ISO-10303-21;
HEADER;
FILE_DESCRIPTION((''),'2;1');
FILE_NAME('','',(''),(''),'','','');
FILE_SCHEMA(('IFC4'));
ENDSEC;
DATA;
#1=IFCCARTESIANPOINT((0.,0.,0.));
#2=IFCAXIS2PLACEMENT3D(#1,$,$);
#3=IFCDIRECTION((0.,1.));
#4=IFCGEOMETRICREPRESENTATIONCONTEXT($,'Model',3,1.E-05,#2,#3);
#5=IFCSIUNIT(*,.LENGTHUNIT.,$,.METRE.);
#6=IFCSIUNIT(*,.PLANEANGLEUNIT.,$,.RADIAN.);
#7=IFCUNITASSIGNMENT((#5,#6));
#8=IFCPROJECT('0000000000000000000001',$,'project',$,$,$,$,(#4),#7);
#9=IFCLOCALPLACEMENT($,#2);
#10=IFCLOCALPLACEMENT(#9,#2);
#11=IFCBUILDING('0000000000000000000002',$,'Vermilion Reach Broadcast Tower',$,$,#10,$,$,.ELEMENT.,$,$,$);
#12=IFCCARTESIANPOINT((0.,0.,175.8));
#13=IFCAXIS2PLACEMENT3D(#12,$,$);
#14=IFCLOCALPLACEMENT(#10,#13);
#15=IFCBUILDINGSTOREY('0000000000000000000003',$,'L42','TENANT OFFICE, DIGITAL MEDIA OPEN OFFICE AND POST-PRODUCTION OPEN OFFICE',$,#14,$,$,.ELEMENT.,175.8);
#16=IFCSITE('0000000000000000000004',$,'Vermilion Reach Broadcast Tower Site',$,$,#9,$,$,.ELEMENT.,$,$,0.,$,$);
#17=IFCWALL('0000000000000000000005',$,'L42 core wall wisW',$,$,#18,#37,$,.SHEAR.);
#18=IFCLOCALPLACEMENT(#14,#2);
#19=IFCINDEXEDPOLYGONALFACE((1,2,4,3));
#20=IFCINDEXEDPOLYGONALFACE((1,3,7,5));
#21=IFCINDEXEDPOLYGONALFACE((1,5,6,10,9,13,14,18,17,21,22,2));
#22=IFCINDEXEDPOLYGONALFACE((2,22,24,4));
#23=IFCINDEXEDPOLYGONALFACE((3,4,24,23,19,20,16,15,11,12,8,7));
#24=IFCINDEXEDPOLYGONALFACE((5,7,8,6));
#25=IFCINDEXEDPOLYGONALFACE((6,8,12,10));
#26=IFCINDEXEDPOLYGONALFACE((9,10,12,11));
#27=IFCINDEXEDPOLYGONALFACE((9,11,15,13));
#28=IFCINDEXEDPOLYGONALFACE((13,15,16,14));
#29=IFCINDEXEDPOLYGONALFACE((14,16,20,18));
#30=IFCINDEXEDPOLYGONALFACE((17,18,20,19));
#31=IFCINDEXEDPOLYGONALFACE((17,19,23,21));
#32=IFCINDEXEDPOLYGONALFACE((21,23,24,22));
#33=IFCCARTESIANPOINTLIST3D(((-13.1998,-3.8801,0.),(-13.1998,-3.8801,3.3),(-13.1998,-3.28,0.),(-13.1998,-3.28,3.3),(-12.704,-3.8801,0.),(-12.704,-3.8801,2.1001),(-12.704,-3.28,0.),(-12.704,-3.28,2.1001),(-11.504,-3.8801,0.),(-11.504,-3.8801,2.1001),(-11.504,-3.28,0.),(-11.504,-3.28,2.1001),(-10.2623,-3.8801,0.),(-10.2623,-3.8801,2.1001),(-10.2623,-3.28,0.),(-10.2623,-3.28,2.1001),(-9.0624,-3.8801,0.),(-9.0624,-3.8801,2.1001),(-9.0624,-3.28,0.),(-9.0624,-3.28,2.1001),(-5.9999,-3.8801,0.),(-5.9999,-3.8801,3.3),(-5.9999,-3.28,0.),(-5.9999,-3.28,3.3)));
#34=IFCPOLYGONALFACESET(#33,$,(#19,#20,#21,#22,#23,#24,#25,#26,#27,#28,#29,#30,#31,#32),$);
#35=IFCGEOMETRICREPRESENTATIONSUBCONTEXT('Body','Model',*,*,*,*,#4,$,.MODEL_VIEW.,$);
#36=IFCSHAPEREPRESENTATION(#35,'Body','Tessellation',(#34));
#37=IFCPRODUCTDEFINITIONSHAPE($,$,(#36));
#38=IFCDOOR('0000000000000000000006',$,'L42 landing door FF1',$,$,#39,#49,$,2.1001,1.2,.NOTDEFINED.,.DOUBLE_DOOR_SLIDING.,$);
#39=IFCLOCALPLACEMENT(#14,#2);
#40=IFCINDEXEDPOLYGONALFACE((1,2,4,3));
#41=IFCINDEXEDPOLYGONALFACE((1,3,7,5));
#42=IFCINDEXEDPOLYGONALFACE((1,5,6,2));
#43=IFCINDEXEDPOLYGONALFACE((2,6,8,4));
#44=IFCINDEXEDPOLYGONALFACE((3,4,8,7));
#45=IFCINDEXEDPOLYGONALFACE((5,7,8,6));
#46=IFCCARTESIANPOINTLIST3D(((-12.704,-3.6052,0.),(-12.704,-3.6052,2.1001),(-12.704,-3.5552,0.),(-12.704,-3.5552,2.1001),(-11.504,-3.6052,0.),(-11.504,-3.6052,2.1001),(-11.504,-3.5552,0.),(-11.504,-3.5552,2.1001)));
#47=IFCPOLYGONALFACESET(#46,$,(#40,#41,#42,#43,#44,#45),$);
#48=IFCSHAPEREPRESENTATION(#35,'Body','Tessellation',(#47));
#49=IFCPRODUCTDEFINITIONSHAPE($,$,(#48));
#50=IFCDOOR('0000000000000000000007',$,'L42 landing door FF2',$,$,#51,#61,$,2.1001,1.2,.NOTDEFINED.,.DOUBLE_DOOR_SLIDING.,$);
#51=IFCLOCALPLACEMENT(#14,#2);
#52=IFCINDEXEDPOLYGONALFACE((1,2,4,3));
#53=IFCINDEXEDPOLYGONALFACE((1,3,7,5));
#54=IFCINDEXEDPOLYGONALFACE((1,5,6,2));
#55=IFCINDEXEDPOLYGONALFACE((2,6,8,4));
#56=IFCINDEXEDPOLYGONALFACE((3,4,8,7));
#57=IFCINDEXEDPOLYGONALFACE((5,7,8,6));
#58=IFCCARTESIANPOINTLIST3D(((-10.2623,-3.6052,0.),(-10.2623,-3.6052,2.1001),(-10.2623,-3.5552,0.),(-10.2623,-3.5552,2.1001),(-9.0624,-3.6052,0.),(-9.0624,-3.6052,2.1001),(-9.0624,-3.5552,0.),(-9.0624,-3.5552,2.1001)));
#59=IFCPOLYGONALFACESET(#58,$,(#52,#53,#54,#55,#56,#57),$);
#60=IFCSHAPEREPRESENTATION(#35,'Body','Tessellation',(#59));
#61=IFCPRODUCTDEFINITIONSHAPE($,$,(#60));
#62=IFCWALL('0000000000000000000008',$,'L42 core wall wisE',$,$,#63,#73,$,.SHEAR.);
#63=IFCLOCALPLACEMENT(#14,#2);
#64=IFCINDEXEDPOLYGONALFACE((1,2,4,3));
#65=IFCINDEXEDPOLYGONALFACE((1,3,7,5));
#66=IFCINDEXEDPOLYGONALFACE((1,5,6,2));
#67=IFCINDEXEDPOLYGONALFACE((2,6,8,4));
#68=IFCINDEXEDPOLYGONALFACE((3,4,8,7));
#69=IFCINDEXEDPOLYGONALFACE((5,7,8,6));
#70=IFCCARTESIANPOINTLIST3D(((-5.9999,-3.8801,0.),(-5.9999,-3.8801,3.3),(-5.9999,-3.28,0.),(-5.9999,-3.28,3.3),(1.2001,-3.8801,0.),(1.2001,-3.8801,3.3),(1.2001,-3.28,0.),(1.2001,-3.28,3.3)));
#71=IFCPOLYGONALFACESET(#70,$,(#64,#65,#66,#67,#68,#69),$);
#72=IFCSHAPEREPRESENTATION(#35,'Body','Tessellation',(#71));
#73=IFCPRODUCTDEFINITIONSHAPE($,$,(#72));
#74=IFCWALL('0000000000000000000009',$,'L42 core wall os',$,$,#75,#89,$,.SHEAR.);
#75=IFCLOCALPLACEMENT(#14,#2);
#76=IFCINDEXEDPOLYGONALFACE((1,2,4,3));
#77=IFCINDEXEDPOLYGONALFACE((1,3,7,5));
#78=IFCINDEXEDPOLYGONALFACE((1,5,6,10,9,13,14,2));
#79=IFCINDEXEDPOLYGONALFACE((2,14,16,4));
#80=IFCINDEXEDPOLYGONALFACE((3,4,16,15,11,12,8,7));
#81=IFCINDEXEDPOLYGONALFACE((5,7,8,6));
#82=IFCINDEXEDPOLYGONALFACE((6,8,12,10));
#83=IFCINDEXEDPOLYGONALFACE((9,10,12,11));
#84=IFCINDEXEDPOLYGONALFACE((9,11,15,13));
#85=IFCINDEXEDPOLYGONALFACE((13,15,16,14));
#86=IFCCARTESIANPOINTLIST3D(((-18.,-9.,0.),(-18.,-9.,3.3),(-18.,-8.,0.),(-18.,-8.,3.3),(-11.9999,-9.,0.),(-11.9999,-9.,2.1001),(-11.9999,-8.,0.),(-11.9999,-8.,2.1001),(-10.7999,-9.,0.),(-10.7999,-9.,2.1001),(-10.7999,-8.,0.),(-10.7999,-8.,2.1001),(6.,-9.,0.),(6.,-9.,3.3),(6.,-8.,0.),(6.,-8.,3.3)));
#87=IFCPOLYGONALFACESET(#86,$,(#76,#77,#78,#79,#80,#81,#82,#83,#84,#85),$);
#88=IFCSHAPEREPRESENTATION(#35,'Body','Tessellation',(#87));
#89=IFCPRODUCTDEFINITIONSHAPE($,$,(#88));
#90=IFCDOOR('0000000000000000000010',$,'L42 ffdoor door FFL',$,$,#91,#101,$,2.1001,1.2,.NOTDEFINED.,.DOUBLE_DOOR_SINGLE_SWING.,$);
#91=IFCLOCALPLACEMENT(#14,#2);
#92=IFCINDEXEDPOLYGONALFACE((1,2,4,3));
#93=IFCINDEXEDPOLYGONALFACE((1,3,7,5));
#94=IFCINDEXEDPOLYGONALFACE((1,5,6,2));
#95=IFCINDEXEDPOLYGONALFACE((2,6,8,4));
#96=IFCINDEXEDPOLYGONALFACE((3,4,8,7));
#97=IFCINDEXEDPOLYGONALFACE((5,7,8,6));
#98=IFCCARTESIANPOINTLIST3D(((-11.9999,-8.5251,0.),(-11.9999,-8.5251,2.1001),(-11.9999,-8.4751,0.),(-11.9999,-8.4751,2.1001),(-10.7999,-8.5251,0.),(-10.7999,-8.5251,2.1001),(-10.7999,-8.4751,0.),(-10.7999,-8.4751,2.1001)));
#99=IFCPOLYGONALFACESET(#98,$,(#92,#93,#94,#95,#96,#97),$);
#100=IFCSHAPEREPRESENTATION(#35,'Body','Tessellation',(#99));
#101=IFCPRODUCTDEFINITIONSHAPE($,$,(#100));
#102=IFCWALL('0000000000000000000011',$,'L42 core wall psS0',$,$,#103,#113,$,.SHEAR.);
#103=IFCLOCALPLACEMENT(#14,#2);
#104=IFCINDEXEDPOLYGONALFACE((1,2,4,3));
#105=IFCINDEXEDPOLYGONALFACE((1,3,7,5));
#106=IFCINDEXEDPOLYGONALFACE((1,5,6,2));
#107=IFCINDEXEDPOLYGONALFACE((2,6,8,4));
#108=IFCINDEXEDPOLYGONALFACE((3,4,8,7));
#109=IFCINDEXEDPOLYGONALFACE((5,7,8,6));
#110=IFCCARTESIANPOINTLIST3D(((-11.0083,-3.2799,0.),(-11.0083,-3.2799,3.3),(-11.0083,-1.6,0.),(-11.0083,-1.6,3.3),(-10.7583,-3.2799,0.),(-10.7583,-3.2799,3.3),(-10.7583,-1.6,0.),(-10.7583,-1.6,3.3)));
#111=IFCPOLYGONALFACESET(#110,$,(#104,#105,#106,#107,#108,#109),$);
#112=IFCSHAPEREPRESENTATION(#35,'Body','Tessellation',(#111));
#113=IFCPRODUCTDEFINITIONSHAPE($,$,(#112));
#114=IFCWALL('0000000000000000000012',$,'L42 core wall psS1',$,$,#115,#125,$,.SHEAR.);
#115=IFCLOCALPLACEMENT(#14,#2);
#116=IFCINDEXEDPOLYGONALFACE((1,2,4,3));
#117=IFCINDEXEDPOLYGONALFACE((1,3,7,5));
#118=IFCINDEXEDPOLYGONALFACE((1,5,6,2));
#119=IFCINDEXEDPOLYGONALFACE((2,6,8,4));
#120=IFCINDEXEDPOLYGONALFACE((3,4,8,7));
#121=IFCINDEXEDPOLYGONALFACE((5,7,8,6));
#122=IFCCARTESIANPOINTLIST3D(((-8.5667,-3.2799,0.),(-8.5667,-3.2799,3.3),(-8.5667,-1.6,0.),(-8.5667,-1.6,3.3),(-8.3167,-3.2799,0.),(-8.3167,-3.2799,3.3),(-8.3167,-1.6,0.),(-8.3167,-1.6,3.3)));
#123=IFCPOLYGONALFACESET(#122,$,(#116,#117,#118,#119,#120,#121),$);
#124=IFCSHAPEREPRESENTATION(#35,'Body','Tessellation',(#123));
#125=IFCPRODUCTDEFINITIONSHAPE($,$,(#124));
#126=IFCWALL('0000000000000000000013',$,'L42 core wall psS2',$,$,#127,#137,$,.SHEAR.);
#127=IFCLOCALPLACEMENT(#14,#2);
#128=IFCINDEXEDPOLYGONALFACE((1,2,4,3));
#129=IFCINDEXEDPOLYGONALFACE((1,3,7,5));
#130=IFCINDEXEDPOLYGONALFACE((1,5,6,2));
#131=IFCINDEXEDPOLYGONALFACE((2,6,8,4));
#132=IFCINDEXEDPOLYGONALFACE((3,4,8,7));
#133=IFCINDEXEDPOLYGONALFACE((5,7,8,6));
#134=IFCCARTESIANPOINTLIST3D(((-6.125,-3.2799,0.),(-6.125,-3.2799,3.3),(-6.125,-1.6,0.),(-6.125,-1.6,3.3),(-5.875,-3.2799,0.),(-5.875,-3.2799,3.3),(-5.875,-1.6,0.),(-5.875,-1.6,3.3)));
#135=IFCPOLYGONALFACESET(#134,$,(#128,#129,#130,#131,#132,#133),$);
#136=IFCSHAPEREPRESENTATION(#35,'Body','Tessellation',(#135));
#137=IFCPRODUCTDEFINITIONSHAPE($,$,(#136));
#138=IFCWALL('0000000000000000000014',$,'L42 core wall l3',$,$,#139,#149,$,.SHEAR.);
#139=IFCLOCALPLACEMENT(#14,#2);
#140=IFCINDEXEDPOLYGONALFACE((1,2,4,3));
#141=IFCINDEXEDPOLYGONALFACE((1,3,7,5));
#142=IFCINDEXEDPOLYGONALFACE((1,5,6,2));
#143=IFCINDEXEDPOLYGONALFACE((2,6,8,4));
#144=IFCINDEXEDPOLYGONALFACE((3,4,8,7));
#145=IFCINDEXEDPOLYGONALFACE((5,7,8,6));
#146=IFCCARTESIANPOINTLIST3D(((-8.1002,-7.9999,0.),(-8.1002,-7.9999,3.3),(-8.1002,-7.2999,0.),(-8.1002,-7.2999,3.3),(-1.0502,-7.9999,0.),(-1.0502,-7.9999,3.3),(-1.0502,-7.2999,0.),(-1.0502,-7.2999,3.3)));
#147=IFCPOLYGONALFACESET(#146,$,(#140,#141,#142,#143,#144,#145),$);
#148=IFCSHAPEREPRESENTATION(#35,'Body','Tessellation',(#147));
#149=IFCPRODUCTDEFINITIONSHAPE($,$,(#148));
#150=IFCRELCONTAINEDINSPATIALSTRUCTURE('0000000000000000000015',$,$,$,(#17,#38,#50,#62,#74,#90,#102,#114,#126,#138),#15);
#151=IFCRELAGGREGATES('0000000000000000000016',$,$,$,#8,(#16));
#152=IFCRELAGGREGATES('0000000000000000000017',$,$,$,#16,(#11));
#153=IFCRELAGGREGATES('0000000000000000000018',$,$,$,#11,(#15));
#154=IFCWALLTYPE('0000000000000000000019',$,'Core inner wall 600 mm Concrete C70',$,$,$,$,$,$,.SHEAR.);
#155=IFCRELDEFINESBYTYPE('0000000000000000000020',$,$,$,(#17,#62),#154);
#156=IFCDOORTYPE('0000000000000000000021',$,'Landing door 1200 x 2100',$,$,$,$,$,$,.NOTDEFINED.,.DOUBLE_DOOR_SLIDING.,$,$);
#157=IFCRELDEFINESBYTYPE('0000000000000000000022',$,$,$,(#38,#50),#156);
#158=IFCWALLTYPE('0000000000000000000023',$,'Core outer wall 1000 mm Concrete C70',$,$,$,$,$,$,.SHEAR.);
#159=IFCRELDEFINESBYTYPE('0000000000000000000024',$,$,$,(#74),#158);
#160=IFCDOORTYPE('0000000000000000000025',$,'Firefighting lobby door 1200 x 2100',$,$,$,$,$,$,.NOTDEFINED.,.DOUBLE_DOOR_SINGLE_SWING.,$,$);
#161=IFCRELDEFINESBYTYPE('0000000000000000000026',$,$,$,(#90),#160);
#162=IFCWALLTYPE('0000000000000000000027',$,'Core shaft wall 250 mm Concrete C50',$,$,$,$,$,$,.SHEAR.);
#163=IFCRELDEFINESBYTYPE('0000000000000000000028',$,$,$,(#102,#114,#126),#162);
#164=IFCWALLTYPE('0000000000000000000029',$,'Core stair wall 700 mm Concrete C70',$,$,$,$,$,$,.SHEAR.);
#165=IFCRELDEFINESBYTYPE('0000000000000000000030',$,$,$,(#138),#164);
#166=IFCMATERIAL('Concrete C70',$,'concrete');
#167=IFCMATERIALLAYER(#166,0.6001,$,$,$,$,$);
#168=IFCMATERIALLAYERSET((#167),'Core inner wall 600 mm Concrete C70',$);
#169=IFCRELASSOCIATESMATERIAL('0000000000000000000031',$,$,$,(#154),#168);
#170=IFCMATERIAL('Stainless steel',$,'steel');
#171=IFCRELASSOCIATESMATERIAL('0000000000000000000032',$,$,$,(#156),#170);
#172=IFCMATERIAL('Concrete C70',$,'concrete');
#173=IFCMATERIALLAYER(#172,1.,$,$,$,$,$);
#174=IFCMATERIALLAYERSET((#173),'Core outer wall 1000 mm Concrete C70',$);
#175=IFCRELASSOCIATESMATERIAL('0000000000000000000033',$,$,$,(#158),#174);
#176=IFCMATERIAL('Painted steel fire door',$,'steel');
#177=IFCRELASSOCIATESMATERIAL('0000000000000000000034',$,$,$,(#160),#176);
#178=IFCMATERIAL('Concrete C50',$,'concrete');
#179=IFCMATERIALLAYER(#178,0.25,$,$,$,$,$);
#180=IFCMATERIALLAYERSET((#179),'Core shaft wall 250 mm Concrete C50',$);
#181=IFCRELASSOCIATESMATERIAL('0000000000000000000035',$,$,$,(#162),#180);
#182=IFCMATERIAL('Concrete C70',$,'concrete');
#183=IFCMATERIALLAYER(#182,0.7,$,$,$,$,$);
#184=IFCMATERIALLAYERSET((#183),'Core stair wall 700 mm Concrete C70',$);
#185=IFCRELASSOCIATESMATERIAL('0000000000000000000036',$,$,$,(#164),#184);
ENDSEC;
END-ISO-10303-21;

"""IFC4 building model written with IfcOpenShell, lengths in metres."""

from ifc_helpers import new_model, si_unit, direction, frame, frame_2d, origin, place, context, subcontext, project, spatial, rectangle, extrude, material, layer, layer_set, type_object, element, fill, save


model = new_model("IFC4")

# Units and contexts
model_context = context("Model", 3, precision=1e-05, world=origin(), true_north=direction((0.0, 1.0)))
body_context = subcontext(model_context, "Body", "Model", "MODEL_VIEW")
ifc_project = project(units=[si_unit("LENGTHUNIT", "METRE"), si_unit("PLANEANGLEUNIT", "RADIAN")], contexts=[model_context])

# Site, building, storey
site_placement = place(None, origin())
site = spatial("IfcSite", under=ifc_project, at=site_placement, Name="Vermilion Reach Broadcast Tower Site", CompositionType="ELEMENT", RefElevation=0.0)
building_placement = place(site_placement, origin())
building = spatial("IfcBuilding", under=site, at=building_placement, Name="Vermilion Reach Broadcast Tower", CompositionType="ELEMENT")
storey_placement = place(building_placement, frame((0.0, 0.0, 175.8)))
storey = spatial("IfcBuildingStorey", under=building, at=storey_placement, Name="L42", Description="TENANT OFFICE, DIGITAL MEDIA OPEN OFFICE AND POST-PRODUCTION OPEN OFFICE", CompositionType="ELEMENT", Elevation=175.8)

# Wall, openings, doors
ifc_material_1 = material(Name="Concrete C70", Category="concrete")
ifc_layer_1 = layer(ifc_material_1, 0.6001)
ifc_layer_set_1 = layer_set([ifc_layer_1], Name="Core inner wall 600 mm Concrete C70")
wall_type_1 = type_object("IfcWallType", Name="Core inner wall 600 mm Concrete C70", PredefinedType="SHEAR", material=ifc_layer_set_1)
wall_1_placement = place(storey_placement, frame((-13.2, -3.5801, 0.0), z_axis=(0.0, 0.0, 1.0), x_axis=(1.0, 0.0, 0.0)))
wall_1 = element("IfcWall", 1, at=wall_1_placement, inside=storey, type_object=wall_type_1, Name="L42 core wall wisW", PredefinedType="SHEAR", context=body_context, shape_type="SweptSolid", body=[
    extrude(rectangle(XDim=7.2, YDim=0.6001, at=frame_2d((3.6001, 0.0))), origin(), (0.0, 0.0, 1.0), 3.3),
])
opening_1_placement = place(wall_1_placement, frame((0.4958, 0.0, 0.0)))
opening_1 = element("IfcOpeningElement", 2, at=opening_1_placement, cuts=wall_1, PredefinedType="OPENING", context=body_context, shape_type="SweptSolid", body=[
    extrude(rectangle(XDim=1.2, YDim=2.1001, at=frame_2d((0.6001, 1.05))), frame((0.0, 0.3101, 0.0), z_axis=(0.0, -1.0, 0.0), x_axis=(1.0, 0.0, 0.0)), (0.0, 0.0, 1.0), 0.6201),
])
opening_2_placement = place(wall_1_placement, frame((2.9375, 0.0, 0.0)))
opening_2 = element("IfcOpeningElement", 3, at=opening_2_placement, cuts=wall_1, PredefinedType="OPENING", context=body_context, shape_type="SweptSolid", body=[
    extrude(rectangle(XDim=1.2, YDim=2.1001, at=frame_2d((0.6001, 1.05))), frame((0.0, 0.3101, 0.0), z_axis=(0.0, -1.0, 0.0), x_axis=(1.0, 0.0, 0.0)), (0.0, 0.0, 1.0), 0.6201),
])
ifc_material_2 = material(Name="Stainless steel", Category="steel")
door_type_1 = type_object("IfcDoorType", Name="Landing door 1200 x 2100", OperationType="DOUBLE_DOOR_SLIDING", PredefinedType="NOTDEFINED", material=ifc_material_2)
door_1_placement = place(opening_1_placement, origin())
door_1 = element("IfcDoor", 4, at=door_1_placement, inside=storey, type_object=door_type_1, Name="L42 landing door FF1", OperationType="DOUBLE_DOOR_SLIDING", OverallHeight=2.1001, OverallWidth=1.2, PredefinedType="NOTDEFINED", context=body_context, shape_type="SweptSolid", body=[
    extrude(rectangle(XDim=1.2, YDim=2.1001, at=frame_2d((0.6001, 1.05))), frame((0.0, 0.0249, 0.0), z_axis=(0.0, -1.0, 0.0), x_axis=(1.0, 0.0, 0.0)), (0.0, 0.0, 1.0), 0.05),
])
fill(opening_1, door_1)
door_2_placement = place(opening_2_placement, origin())
door_2 = element("IfcDoor", 5, at=door_2_placement, inside=storey, type_object=door_type_1, Name="L42 landing door FF2", OperationType="DOUBLE_DOOR_SLIDING", OverallHeight=2.1001, OverallWidth=1.2, PredefinedType="NOTDEFINED", context=body_context, shape_type="SweptSolid", body=[
    extrude(rectangle(XDim=1.2, YDim=2.1001, at=frame_2d((0.6001, 1.05))), frame((0.0, 0.0249, 0.0), z_axis=(0.0, -1.0, 0.0), x_axis=(1.0, 0.0, 0.0)), (0.0, 0.0, 1.0), 0.05),
])
fill(opening_2, door_2)

# Wall
wall_2_placement = place(storey_placement, frame((-6.0, -3.5801, 0.0), z_axis=(0.0, 0.0, 1.0), x_axis=(1.0, 0.0, 0.0)))
element("IfcWall", 6, at=wall_2_placement, inside=storey, type_object=wall_type_1, Name="L42 core wall wisE", PredefinedType="SHEAR", context=body_context, shape_type="SweptSolid", body=[
    extrude(rectangle(XDim=7.2, YDim=0.6001, at=frame_2d((3.6001, 0.0))), origin(), (0.0, 0.0, 1.0), 3.3),
])

# Wall, opening, door
ifc_material_3 = material(Name="Concrete C70", Category="concrete")
ifc_layer_2 = layer(ifc_material_3, 1.0)
ifc_layer_set_2 = layer_set([ifc_layer_2], Name="Core outer wall 1000 mm Concrete C70")
wall_type_2 = type_object("IfcWallType", Name="Core outer wall 1000 mm Concrete C70", PredefinedType="SHEAR", material=ifc_layer_set_2)
wall_3_placement = place(storey_placement, frame((-18.0, -8.5, 0.0), z_axis=(0.0, 0.0, 1.0), x_axis=(1.0, 0.0, 0.0)))
wall_3 = element("IfcWall", 7, at=wall_3_placement, inside=storey, type_object=wall_type_2, Name="L42 core wall os", PredefinedType="SHEAR", context=body_context, shape_type="SweptSolid", body=[
    extrude(rectangle(XDim=24.0, YDim=1.0, at=frame_2d((12.0, 0.0))), origin(), (0.0, 0.0, 1.0), 3.3),
])
opening_3_placement = place(wall_3_placement, frame((6.0, 0.0, 0.0)))
opening_3 = element("IfcOpeningElement", 8, at=opening_3_placement, cuts=wall_3, PredefinedType="OPENING", context=body_context, shape_type="SweptSolid", body=[
    extrude(rectangle(XDim=1.2, YDim=2.1001, at=frame_2d((0.6001, 1.05))), frame((0.0, 0.51, 0.0), z_axis=(0.0, -1.0, 0.0), x_axis=(1.0, 0.0, 0.0)), (0.0, 0.0, 1.0), 1.02),
])
ifc_material_4 = material(Name="Painted steel fire door", Category="steel")
door_type_2 = type_object("IfcDoorType", Name="Firefighting lobby door 1200 x 2100", OperationType="DOUBLE_DOOR_SINGLE_SWING", PredefinedType="NOTDEFINED", material=ifc_material_4)
door_3_placement = place(opening_3_placement, origin())
door_3 = element("IfcDoor", 9, at=door_3_placement, inside=storey, type_object=door_type_2, Name="L42 ffdoor door FFL", OperationType="DOUBLE_DOOR_SINGLE_SWING", OverallHeight=2.1001, OverallWidth=1.2, PredefinedType="NOTDEFINED", context=body_context, shape_type="SweptSolid", body=[
    extrude(rectangle(XDim=1.2, YDim=2.1001, at=frame_2d((0.6001, 1.05))), frame((0.0, 0.0249, 0.0), z_axis=(0.0, -1.0, 0.0), x_axis=(1.0, 0.0, 0.0)), (0.0, 0.0, 1.0), 0.05),
])
fill(opening_3, door_3)

# Walls
ifc_material_5 = material(Name="Concrete C50", Category="concrete")
ifc_layer_3 = layer(ifc_material_5, 0.25)
ifc_layer_set_3 = layer_set([ifc_layer_3], Name="Core shaft wall 250 mm Concrete C50")
wall_type_3 = type_object("IfcWallType", Name="Core shaft wall 250 mm Concrete C50", PredefinedType="SHEAR", material=ifc_layer_set_3)
for number, where, z_axis, x_axis, name in (
    (10, (-10.8833, -1.6001, 0.0), (0.0, 0.0, 1.0), (0.0, -1.0, 0.0), "L42 core wall psS0"),
    (11, (-8.4417, -1.6001, 0.0), (0.0, 0.0, 1.0), (0.0, -1.0, 0.0), "L42 core wall psS1"),
    (12, (-6.0, -1.6001, 0.0), (0.0, 0.0, 1.0), (0.0, -1.0, 0.0), "L42 core wall psS2"),
):
    element("IfcWall", number, at=place(storey_placement, frame(where, z_axis=z_axis, x_axis=x_axis)), inside=storey, type_object=wall_type_3, Name=name, PredefinedType="SHEAR", context=body_context, shape_type="SweptSolid", body=[
        extrude(rectangle(XDim=1.6799, YDim=0.25, at=frame_2d((0.8398, 0.0))), origin(), (0.0, 0.0, 1.0), 3.3),
    ])
ifc_material_6 = material(Name="Concrete C70", Category="concrete")
ifc_layer_4 = layer(ifc_material_6, 0.7)
ifc_layer_set_4 = layer_set([ifc_layer_4], Name="Core stair wall 700 mm Concrete C70")
wall_type_4 = type_object("IfcWallType", Name="Core stair wall 700 mm Concrete C70", PredefinedType="SHEAR", material=ifc_layer_set_4)
wall_4_placement = place(storey_placement, frame((-8.1001, -7.6499, 0.0), z_axis=(0.0, 0.0, 1.0), x_axis=(1.0, 0.0, 0.0)))
element("IfcWall", 13, at=wall_4_placement, inside=storey, type_object=wall_type_4, Name="L42 core wall l3", PredefinedType="SHEAR", context=body_context, shape_type="SweptSolid", body=[
    extrude(rectangle(XDim=7.05, YDim=0.7, at=frame_2d((3.5249, 0.0))), origin(), (0.0, 0.0, 1.0), 3.3),
])

save(model, "model.ifc")
